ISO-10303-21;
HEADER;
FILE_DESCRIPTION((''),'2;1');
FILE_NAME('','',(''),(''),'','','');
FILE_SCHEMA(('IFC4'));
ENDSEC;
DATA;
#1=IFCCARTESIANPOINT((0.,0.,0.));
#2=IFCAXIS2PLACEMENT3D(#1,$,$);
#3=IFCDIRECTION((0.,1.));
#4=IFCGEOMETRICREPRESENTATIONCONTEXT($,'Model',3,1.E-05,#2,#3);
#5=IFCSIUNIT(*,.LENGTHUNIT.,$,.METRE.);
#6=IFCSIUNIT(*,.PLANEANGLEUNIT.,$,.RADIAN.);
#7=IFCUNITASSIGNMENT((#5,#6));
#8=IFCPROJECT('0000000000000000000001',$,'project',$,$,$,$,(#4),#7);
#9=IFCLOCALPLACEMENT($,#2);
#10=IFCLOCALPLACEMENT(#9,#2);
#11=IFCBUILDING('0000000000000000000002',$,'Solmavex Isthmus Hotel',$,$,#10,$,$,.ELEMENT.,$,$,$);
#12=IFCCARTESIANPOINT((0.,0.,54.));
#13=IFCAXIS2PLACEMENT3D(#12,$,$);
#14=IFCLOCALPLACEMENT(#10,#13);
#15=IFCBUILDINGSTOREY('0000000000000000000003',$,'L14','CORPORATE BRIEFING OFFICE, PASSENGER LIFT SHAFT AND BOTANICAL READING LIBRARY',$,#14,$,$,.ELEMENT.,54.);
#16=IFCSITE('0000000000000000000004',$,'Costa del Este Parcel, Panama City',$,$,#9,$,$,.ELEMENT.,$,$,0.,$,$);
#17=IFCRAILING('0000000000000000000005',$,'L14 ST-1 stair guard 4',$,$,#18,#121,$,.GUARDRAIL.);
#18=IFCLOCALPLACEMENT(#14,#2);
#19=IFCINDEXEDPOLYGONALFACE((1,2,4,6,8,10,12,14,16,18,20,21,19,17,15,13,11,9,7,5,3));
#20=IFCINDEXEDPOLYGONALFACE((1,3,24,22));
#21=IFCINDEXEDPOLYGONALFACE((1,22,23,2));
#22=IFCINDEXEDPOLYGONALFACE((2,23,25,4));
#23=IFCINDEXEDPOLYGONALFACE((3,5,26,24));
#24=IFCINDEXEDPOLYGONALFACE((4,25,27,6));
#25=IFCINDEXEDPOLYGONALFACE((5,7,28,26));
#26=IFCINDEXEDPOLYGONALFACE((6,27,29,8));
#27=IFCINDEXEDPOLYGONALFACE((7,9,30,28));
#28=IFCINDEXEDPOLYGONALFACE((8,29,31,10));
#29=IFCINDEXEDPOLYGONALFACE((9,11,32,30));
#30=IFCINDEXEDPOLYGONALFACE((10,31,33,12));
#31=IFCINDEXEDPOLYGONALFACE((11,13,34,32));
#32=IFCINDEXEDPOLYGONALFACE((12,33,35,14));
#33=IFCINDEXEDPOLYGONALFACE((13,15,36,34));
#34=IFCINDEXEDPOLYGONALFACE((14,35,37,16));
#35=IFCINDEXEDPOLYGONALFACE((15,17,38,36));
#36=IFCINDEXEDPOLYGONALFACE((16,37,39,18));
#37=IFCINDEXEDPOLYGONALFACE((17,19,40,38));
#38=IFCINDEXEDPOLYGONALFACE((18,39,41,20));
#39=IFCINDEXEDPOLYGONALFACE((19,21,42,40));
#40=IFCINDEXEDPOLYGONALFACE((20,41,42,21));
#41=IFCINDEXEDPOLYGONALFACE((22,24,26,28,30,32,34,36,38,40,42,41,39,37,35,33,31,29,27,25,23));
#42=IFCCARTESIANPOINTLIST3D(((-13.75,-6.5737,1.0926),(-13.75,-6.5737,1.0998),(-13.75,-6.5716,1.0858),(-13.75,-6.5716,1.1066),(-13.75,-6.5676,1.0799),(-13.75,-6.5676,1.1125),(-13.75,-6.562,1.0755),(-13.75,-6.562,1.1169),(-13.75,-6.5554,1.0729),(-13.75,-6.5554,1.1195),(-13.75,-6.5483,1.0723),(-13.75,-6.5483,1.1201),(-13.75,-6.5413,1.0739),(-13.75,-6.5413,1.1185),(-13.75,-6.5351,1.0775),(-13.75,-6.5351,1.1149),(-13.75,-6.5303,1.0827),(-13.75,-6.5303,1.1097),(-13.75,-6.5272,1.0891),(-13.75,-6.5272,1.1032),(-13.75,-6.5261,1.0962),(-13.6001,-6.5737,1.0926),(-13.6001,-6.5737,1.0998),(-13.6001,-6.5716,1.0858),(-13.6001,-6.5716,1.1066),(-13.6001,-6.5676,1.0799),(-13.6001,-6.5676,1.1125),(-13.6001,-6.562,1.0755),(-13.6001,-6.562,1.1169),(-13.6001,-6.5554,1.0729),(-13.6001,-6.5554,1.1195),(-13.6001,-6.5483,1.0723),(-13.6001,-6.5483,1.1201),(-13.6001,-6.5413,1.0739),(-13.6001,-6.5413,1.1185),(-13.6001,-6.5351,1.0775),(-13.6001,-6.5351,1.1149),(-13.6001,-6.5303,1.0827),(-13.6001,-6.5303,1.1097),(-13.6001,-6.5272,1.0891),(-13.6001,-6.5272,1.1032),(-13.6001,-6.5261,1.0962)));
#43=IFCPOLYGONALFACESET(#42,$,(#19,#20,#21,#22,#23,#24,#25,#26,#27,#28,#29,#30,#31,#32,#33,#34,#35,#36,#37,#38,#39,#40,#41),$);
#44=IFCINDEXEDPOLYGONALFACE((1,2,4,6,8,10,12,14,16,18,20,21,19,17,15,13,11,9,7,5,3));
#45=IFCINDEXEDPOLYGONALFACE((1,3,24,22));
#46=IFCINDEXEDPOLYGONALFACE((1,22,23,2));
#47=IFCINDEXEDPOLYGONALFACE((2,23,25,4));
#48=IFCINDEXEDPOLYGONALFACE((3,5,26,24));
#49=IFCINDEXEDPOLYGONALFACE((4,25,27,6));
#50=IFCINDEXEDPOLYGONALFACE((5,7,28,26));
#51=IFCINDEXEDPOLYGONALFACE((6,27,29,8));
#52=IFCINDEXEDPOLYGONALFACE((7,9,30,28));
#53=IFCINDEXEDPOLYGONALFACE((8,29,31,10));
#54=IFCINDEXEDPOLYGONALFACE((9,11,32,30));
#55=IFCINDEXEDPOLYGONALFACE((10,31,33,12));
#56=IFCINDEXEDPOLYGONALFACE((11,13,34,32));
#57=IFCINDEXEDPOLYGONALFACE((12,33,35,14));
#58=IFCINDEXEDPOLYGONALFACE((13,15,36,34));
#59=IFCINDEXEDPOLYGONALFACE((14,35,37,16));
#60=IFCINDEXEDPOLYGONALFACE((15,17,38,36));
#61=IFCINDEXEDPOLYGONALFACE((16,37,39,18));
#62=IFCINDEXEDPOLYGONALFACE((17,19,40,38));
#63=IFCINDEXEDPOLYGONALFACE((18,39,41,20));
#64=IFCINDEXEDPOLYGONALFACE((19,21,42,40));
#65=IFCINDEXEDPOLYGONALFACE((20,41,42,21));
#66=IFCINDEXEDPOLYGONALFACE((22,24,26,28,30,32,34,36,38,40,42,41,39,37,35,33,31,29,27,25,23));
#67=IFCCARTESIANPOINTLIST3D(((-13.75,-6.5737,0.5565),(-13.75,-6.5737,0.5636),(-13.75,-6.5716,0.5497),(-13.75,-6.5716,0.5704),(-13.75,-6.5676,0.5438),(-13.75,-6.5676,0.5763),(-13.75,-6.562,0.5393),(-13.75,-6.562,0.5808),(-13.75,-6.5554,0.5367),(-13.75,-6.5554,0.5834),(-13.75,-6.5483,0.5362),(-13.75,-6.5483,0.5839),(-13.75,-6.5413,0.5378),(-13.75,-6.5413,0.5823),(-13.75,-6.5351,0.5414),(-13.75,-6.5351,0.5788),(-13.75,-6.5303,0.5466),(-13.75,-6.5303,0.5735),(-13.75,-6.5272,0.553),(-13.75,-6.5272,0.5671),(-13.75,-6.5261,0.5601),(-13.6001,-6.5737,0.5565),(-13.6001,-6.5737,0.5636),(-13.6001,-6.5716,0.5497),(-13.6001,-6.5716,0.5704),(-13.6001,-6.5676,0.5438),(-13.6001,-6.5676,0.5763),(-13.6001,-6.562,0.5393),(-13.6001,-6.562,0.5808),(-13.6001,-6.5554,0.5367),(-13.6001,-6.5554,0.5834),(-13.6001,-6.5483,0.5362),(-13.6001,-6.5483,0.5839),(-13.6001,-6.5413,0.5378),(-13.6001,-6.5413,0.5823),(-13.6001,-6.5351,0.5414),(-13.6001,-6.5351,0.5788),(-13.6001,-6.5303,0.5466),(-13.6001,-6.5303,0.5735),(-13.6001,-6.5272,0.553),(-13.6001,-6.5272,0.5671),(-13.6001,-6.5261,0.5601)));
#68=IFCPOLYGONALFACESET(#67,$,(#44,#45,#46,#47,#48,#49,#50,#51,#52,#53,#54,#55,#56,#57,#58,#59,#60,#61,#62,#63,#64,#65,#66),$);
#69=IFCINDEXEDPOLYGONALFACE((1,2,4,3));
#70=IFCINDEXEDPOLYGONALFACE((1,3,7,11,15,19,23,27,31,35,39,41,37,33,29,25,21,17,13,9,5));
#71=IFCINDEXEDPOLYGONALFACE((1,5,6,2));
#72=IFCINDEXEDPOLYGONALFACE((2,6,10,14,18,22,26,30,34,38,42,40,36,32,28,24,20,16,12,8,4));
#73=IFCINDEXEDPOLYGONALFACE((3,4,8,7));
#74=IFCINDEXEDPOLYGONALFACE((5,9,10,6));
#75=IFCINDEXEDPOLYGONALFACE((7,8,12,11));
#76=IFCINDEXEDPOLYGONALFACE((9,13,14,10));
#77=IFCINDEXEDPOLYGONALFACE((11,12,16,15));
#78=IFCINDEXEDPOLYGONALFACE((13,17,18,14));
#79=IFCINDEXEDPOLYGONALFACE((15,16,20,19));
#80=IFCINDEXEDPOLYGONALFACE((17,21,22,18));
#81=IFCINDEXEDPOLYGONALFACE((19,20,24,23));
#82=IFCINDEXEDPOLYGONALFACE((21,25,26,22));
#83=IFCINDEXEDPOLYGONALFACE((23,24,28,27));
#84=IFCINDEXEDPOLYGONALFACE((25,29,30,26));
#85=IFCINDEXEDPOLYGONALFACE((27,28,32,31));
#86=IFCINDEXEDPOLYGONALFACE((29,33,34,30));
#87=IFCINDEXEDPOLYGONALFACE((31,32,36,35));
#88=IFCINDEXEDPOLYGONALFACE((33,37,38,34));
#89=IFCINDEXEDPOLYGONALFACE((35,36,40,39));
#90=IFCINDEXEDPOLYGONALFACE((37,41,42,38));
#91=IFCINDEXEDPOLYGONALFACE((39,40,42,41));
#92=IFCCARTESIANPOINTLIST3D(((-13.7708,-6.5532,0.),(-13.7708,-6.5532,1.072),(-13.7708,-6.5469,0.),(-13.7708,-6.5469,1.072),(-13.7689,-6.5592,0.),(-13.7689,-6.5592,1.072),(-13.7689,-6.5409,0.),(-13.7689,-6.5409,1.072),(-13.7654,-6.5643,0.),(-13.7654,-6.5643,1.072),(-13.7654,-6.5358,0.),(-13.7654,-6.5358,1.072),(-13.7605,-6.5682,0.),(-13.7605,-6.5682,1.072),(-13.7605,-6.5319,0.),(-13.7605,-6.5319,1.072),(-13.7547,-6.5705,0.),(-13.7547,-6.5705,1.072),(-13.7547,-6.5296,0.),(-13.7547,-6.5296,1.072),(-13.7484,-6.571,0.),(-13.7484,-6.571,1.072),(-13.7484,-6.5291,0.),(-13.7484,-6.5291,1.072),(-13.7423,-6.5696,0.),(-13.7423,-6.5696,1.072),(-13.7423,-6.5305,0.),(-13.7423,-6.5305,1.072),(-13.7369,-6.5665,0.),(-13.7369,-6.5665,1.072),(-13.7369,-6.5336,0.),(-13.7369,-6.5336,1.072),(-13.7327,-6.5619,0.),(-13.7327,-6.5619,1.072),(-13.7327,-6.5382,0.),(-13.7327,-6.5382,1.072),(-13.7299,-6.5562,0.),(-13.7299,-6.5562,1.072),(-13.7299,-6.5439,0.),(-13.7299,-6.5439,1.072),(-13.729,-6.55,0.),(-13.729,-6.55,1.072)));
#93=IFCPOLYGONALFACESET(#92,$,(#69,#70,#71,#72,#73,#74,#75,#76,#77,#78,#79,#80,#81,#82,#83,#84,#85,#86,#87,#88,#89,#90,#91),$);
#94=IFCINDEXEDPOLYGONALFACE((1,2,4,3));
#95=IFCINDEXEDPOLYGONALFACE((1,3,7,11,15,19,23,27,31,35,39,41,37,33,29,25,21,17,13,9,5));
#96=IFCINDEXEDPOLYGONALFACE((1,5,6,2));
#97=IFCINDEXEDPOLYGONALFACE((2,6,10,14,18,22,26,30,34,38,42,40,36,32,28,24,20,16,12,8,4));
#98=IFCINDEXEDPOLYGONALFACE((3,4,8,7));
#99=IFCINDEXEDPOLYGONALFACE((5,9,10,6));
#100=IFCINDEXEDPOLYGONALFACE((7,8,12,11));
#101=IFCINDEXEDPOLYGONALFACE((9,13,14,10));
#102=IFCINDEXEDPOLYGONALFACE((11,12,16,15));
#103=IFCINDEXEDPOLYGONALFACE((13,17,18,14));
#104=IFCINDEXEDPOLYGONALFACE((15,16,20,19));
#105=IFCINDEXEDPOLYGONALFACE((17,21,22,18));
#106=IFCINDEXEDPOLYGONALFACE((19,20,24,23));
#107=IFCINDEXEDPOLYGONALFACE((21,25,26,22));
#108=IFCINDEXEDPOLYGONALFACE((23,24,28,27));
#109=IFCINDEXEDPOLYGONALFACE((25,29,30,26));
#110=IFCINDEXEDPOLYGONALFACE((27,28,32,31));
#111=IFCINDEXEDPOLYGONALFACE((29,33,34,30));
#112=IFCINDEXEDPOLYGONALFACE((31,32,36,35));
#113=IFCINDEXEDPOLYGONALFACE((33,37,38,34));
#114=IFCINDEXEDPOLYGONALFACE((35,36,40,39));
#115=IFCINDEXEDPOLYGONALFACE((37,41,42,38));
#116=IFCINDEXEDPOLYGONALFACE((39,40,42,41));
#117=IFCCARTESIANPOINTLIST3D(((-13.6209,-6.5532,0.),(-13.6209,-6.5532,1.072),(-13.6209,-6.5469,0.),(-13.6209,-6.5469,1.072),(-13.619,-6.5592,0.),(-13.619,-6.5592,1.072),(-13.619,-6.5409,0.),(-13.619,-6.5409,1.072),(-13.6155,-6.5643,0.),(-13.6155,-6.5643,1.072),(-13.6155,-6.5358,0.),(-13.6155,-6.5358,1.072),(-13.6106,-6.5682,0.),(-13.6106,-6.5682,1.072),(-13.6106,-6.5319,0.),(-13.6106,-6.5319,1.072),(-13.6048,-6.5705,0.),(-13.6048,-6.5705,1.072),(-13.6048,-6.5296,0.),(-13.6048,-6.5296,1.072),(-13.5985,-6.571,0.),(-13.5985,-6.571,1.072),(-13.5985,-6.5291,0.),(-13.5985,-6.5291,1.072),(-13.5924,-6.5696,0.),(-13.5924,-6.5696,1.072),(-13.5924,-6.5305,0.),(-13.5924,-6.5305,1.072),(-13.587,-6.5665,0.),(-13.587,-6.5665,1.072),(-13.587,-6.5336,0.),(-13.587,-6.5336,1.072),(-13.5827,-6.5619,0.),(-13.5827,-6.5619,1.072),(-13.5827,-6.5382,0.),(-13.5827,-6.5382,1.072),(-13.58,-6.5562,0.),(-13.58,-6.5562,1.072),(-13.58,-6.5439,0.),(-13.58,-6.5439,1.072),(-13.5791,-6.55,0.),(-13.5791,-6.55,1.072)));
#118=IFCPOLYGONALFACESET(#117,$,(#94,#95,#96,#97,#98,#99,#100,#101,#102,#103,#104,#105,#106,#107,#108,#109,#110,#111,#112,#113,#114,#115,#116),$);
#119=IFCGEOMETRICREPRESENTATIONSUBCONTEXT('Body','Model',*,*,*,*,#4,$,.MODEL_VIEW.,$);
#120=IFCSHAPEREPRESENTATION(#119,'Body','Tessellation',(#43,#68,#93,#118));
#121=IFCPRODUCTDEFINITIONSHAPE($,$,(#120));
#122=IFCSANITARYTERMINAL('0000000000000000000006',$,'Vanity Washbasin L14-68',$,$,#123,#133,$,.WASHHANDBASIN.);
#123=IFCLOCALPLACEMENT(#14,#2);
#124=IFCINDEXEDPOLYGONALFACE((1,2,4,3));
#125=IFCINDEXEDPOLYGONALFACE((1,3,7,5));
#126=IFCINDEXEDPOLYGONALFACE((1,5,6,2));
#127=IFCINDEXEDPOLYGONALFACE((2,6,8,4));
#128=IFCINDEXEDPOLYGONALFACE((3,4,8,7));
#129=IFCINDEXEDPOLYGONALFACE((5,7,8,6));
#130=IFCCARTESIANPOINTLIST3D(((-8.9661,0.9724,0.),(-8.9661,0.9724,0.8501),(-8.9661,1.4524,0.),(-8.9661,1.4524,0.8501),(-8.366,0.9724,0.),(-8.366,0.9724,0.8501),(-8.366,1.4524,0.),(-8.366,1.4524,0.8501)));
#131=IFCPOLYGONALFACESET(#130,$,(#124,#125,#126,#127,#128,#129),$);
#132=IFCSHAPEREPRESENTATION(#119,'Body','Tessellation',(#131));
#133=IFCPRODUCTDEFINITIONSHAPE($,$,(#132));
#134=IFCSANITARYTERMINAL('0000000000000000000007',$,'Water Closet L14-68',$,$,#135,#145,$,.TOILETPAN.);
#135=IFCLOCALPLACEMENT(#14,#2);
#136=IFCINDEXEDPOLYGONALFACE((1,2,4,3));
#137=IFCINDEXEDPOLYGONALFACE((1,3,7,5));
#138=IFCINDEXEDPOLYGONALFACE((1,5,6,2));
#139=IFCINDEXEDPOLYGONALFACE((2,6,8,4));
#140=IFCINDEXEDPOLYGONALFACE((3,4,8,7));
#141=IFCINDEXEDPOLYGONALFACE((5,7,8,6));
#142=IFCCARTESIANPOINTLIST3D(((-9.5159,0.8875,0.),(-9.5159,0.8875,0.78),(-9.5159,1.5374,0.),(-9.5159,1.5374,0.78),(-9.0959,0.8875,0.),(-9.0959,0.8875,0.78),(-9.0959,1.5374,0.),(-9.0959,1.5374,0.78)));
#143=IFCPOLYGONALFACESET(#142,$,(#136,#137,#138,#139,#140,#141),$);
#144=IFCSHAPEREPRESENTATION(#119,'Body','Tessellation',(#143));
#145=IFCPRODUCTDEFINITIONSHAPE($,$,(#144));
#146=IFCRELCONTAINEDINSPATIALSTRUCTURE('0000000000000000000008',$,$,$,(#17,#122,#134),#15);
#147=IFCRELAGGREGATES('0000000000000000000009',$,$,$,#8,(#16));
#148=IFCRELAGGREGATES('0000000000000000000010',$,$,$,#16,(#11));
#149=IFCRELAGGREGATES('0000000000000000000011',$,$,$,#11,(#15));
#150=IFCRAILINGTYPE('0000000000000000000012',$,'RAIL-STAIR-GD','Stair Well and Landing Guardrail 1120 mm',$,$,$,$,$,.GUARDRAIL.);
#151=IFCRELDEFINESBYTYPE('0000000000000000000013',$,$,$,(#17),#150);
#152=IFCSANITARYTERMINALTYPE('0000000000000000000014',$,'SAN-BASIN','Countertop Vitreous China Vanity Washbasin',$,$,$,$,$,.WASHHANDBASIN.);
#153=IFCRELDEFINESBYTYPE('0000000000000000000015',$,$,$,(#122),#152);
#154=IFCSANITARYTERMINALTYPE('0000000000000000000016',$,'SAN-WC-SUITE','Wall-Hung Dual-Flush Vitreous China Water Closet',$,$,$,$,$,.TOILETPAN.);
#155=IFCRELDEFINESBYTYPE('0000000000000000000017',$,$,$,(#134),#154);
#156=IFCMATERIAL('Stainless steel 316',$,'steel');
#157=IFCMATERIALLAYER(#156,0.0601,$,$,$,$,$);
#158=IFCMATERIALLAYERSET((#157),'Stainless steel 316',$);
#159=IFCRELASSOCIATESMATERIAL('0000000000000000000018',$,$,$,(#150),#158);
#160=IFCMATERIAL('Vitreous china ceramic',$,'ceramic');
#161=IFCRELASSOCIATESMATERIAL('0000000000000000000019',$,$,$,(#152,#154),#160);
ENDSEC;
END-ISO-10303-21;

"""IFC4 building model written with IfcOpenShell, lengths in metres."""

from ifc_helpers import new_model, si_unit, direction, frame, origin, origin_2d, place, context, subcontext, project, spatial, rectangle, circle, extrude, material, layer, layer_set, type_object, element, save


model = new_model("IFC4")

# Units and contexts
model_context = context("Model", 3, precision=1e-05, world=origin(), true_north=direction((0.0, 1.0)))
body_context = subcontext(model_context, "Body", "Model", "MODEL_VIEW")
ifc_project = project(units=[si_unit("LENGTHUNIT", "METRE"), si_unit("PLANEANGLEUNIT", "RADIAN")], contexts=[model_context])

# Site, building, storey
site_placement = place(None, origin())
site = spatial("IfcSite", under=ifc_project, at=site_placement, Name="Costa del Este Parcel, Panama City", CompositionType="ELEMENT", RefElevation=0.0)
building_placement = place(site_placement, origin())
building = spatial("IfcBuilding", under=site, at=building_placement, Name="Solmavex Isthmus Hotel", CompositionType="ELEMENT")
storey_placement = place(building_placement, frame((0.0, 0.0, 54.0)))
storey = spatial("IfcBuildingStorey", under=building, at=storey_placement, Name="L14", Description="CORPORATE BRIEFING OFFICE, PASSENGER LIFT SHAFT AND BOTANICAL READING LIBRARY", CompositionType="ELEMENT", Elevation=54.0)

# Railing
ifc_material_1 = material(Name="Stainless steel 316", Category="steel")
ifc_layer_1 = layer(ifc_material_1, 0.0601)
ifc_layer_set_1 = layer_set([ifc_layer_1], Name="Stainless steel 316")
railing_type_1 = type_object("IfcRailingType", Name="RAIL-STAIR-GD", Description="Stair Well and Landing Guardrail 1120 mm", PredefinedType="GUARDRAIL", material=ifc_layer_set_1)
railing_1_placement = place(storey_placement, frame((-13.75, -6.55, 0.0)))
element("IfcRailing", 1, at=railing_1_placement, inside=storey, type_object=railing_type_1, Name="L14 ST-1 stair guard 4", PredefinedType="GUARDRAIL", context=body_context, shape_type="SweptSolid", body=[
    extrude(circle(Radius=0.0239, at=origin_2d()), frame((0.0, 0.0, 1.0962), z_axis=(1.0, 0.0, 0.0), x_axis=(0.0, 1.0, 0.0)), (0.0, 0.0, 1.0), 0.1499),
    extrude(circle(Radius=0.0239, at=origin_2d()), frame((0.0, 0.0, 0.5601), z_axis=(1.0, 0.0, 0.0), x_axis=(0.0, 1.0, 0.0)), (0.0, 0.0, 1.0), 0.1499),
    extrude(circle(Radius=0.021, at=origin_2d()), origin(), (0.0, 0.0, 1.0), 1.072),
    extrude(circle(Radius=0.021, at=origin_2d()), frame((0.1499, 0.0, 0.0)), (0.0, 0.0, 1.0), 1.072),
])

# Sanitary terminals
ifc_material_2 = material(Name="Vitreous china ceramic", Category="ceramic")
sanitary_terminal_type_1 = type_object("IfcSanitaryTerminalType", Name="SAN-BASIN", Description="Countertop Vitreous China Vanity Washbasin", PredefinedType="WASHHANDBASIN", material=ifc_material_2)
sanitary_terminal_1_placement = place(storey_placement, frame((-8.666, 1.2124, 0.0), z_axis=(0.0, 0.0, 1.0), x_axis=(1.0, 0.0, 0.0)))
element("IfcSanitaryTerminal", 2, at=sanitary_terminal_1_placement, inside=storey, type_object=sanitary_terminal_type_1, Name="Vanity Washbasin L14-68", PredefinedType="WASHHANDBASIN", context=body_context, shape_type="SweptSolid", body=[
    extrude(rectangle(XDim=0.6001, YDim=0.48, at=origin_2d()), origin(), (0.0, 0.0, 1.0), 0.8501),
])
sanitary_terminal_type_2 = type_object("IfcSanitaryTerminalType", Name="SAN-WC-SUITE", Description="Wall-Hung Dual-Flush Vitreous China Water Closet", PredefinedType="TOILETPAN", material=ifc_material_2)
sanitary_terminal_2_placement = place(storey_placement, frame((-9.3059, 1.2124, 0.0), z_axis=(0.0, 0.0, 1.0), x_axis=(1.0, 0.0, 0.0)))
element("IfcSanitaryTerminal", 3, at=sanitary_terminal_2_placement, inside=storey, type_object=sanitary_terminal_type_2, Name="Water Closet L14-68", PredefinedType="TOILETPAN", context=body_context, shape_type="SweptSolid", body=[
    extrude(rectangle(XDim=0.4199, YDim=0.6499, at=origin_2d()), origin(), (0.0, 0.0, 1.0), 0.78),
])

save(model, "model.ifc")
